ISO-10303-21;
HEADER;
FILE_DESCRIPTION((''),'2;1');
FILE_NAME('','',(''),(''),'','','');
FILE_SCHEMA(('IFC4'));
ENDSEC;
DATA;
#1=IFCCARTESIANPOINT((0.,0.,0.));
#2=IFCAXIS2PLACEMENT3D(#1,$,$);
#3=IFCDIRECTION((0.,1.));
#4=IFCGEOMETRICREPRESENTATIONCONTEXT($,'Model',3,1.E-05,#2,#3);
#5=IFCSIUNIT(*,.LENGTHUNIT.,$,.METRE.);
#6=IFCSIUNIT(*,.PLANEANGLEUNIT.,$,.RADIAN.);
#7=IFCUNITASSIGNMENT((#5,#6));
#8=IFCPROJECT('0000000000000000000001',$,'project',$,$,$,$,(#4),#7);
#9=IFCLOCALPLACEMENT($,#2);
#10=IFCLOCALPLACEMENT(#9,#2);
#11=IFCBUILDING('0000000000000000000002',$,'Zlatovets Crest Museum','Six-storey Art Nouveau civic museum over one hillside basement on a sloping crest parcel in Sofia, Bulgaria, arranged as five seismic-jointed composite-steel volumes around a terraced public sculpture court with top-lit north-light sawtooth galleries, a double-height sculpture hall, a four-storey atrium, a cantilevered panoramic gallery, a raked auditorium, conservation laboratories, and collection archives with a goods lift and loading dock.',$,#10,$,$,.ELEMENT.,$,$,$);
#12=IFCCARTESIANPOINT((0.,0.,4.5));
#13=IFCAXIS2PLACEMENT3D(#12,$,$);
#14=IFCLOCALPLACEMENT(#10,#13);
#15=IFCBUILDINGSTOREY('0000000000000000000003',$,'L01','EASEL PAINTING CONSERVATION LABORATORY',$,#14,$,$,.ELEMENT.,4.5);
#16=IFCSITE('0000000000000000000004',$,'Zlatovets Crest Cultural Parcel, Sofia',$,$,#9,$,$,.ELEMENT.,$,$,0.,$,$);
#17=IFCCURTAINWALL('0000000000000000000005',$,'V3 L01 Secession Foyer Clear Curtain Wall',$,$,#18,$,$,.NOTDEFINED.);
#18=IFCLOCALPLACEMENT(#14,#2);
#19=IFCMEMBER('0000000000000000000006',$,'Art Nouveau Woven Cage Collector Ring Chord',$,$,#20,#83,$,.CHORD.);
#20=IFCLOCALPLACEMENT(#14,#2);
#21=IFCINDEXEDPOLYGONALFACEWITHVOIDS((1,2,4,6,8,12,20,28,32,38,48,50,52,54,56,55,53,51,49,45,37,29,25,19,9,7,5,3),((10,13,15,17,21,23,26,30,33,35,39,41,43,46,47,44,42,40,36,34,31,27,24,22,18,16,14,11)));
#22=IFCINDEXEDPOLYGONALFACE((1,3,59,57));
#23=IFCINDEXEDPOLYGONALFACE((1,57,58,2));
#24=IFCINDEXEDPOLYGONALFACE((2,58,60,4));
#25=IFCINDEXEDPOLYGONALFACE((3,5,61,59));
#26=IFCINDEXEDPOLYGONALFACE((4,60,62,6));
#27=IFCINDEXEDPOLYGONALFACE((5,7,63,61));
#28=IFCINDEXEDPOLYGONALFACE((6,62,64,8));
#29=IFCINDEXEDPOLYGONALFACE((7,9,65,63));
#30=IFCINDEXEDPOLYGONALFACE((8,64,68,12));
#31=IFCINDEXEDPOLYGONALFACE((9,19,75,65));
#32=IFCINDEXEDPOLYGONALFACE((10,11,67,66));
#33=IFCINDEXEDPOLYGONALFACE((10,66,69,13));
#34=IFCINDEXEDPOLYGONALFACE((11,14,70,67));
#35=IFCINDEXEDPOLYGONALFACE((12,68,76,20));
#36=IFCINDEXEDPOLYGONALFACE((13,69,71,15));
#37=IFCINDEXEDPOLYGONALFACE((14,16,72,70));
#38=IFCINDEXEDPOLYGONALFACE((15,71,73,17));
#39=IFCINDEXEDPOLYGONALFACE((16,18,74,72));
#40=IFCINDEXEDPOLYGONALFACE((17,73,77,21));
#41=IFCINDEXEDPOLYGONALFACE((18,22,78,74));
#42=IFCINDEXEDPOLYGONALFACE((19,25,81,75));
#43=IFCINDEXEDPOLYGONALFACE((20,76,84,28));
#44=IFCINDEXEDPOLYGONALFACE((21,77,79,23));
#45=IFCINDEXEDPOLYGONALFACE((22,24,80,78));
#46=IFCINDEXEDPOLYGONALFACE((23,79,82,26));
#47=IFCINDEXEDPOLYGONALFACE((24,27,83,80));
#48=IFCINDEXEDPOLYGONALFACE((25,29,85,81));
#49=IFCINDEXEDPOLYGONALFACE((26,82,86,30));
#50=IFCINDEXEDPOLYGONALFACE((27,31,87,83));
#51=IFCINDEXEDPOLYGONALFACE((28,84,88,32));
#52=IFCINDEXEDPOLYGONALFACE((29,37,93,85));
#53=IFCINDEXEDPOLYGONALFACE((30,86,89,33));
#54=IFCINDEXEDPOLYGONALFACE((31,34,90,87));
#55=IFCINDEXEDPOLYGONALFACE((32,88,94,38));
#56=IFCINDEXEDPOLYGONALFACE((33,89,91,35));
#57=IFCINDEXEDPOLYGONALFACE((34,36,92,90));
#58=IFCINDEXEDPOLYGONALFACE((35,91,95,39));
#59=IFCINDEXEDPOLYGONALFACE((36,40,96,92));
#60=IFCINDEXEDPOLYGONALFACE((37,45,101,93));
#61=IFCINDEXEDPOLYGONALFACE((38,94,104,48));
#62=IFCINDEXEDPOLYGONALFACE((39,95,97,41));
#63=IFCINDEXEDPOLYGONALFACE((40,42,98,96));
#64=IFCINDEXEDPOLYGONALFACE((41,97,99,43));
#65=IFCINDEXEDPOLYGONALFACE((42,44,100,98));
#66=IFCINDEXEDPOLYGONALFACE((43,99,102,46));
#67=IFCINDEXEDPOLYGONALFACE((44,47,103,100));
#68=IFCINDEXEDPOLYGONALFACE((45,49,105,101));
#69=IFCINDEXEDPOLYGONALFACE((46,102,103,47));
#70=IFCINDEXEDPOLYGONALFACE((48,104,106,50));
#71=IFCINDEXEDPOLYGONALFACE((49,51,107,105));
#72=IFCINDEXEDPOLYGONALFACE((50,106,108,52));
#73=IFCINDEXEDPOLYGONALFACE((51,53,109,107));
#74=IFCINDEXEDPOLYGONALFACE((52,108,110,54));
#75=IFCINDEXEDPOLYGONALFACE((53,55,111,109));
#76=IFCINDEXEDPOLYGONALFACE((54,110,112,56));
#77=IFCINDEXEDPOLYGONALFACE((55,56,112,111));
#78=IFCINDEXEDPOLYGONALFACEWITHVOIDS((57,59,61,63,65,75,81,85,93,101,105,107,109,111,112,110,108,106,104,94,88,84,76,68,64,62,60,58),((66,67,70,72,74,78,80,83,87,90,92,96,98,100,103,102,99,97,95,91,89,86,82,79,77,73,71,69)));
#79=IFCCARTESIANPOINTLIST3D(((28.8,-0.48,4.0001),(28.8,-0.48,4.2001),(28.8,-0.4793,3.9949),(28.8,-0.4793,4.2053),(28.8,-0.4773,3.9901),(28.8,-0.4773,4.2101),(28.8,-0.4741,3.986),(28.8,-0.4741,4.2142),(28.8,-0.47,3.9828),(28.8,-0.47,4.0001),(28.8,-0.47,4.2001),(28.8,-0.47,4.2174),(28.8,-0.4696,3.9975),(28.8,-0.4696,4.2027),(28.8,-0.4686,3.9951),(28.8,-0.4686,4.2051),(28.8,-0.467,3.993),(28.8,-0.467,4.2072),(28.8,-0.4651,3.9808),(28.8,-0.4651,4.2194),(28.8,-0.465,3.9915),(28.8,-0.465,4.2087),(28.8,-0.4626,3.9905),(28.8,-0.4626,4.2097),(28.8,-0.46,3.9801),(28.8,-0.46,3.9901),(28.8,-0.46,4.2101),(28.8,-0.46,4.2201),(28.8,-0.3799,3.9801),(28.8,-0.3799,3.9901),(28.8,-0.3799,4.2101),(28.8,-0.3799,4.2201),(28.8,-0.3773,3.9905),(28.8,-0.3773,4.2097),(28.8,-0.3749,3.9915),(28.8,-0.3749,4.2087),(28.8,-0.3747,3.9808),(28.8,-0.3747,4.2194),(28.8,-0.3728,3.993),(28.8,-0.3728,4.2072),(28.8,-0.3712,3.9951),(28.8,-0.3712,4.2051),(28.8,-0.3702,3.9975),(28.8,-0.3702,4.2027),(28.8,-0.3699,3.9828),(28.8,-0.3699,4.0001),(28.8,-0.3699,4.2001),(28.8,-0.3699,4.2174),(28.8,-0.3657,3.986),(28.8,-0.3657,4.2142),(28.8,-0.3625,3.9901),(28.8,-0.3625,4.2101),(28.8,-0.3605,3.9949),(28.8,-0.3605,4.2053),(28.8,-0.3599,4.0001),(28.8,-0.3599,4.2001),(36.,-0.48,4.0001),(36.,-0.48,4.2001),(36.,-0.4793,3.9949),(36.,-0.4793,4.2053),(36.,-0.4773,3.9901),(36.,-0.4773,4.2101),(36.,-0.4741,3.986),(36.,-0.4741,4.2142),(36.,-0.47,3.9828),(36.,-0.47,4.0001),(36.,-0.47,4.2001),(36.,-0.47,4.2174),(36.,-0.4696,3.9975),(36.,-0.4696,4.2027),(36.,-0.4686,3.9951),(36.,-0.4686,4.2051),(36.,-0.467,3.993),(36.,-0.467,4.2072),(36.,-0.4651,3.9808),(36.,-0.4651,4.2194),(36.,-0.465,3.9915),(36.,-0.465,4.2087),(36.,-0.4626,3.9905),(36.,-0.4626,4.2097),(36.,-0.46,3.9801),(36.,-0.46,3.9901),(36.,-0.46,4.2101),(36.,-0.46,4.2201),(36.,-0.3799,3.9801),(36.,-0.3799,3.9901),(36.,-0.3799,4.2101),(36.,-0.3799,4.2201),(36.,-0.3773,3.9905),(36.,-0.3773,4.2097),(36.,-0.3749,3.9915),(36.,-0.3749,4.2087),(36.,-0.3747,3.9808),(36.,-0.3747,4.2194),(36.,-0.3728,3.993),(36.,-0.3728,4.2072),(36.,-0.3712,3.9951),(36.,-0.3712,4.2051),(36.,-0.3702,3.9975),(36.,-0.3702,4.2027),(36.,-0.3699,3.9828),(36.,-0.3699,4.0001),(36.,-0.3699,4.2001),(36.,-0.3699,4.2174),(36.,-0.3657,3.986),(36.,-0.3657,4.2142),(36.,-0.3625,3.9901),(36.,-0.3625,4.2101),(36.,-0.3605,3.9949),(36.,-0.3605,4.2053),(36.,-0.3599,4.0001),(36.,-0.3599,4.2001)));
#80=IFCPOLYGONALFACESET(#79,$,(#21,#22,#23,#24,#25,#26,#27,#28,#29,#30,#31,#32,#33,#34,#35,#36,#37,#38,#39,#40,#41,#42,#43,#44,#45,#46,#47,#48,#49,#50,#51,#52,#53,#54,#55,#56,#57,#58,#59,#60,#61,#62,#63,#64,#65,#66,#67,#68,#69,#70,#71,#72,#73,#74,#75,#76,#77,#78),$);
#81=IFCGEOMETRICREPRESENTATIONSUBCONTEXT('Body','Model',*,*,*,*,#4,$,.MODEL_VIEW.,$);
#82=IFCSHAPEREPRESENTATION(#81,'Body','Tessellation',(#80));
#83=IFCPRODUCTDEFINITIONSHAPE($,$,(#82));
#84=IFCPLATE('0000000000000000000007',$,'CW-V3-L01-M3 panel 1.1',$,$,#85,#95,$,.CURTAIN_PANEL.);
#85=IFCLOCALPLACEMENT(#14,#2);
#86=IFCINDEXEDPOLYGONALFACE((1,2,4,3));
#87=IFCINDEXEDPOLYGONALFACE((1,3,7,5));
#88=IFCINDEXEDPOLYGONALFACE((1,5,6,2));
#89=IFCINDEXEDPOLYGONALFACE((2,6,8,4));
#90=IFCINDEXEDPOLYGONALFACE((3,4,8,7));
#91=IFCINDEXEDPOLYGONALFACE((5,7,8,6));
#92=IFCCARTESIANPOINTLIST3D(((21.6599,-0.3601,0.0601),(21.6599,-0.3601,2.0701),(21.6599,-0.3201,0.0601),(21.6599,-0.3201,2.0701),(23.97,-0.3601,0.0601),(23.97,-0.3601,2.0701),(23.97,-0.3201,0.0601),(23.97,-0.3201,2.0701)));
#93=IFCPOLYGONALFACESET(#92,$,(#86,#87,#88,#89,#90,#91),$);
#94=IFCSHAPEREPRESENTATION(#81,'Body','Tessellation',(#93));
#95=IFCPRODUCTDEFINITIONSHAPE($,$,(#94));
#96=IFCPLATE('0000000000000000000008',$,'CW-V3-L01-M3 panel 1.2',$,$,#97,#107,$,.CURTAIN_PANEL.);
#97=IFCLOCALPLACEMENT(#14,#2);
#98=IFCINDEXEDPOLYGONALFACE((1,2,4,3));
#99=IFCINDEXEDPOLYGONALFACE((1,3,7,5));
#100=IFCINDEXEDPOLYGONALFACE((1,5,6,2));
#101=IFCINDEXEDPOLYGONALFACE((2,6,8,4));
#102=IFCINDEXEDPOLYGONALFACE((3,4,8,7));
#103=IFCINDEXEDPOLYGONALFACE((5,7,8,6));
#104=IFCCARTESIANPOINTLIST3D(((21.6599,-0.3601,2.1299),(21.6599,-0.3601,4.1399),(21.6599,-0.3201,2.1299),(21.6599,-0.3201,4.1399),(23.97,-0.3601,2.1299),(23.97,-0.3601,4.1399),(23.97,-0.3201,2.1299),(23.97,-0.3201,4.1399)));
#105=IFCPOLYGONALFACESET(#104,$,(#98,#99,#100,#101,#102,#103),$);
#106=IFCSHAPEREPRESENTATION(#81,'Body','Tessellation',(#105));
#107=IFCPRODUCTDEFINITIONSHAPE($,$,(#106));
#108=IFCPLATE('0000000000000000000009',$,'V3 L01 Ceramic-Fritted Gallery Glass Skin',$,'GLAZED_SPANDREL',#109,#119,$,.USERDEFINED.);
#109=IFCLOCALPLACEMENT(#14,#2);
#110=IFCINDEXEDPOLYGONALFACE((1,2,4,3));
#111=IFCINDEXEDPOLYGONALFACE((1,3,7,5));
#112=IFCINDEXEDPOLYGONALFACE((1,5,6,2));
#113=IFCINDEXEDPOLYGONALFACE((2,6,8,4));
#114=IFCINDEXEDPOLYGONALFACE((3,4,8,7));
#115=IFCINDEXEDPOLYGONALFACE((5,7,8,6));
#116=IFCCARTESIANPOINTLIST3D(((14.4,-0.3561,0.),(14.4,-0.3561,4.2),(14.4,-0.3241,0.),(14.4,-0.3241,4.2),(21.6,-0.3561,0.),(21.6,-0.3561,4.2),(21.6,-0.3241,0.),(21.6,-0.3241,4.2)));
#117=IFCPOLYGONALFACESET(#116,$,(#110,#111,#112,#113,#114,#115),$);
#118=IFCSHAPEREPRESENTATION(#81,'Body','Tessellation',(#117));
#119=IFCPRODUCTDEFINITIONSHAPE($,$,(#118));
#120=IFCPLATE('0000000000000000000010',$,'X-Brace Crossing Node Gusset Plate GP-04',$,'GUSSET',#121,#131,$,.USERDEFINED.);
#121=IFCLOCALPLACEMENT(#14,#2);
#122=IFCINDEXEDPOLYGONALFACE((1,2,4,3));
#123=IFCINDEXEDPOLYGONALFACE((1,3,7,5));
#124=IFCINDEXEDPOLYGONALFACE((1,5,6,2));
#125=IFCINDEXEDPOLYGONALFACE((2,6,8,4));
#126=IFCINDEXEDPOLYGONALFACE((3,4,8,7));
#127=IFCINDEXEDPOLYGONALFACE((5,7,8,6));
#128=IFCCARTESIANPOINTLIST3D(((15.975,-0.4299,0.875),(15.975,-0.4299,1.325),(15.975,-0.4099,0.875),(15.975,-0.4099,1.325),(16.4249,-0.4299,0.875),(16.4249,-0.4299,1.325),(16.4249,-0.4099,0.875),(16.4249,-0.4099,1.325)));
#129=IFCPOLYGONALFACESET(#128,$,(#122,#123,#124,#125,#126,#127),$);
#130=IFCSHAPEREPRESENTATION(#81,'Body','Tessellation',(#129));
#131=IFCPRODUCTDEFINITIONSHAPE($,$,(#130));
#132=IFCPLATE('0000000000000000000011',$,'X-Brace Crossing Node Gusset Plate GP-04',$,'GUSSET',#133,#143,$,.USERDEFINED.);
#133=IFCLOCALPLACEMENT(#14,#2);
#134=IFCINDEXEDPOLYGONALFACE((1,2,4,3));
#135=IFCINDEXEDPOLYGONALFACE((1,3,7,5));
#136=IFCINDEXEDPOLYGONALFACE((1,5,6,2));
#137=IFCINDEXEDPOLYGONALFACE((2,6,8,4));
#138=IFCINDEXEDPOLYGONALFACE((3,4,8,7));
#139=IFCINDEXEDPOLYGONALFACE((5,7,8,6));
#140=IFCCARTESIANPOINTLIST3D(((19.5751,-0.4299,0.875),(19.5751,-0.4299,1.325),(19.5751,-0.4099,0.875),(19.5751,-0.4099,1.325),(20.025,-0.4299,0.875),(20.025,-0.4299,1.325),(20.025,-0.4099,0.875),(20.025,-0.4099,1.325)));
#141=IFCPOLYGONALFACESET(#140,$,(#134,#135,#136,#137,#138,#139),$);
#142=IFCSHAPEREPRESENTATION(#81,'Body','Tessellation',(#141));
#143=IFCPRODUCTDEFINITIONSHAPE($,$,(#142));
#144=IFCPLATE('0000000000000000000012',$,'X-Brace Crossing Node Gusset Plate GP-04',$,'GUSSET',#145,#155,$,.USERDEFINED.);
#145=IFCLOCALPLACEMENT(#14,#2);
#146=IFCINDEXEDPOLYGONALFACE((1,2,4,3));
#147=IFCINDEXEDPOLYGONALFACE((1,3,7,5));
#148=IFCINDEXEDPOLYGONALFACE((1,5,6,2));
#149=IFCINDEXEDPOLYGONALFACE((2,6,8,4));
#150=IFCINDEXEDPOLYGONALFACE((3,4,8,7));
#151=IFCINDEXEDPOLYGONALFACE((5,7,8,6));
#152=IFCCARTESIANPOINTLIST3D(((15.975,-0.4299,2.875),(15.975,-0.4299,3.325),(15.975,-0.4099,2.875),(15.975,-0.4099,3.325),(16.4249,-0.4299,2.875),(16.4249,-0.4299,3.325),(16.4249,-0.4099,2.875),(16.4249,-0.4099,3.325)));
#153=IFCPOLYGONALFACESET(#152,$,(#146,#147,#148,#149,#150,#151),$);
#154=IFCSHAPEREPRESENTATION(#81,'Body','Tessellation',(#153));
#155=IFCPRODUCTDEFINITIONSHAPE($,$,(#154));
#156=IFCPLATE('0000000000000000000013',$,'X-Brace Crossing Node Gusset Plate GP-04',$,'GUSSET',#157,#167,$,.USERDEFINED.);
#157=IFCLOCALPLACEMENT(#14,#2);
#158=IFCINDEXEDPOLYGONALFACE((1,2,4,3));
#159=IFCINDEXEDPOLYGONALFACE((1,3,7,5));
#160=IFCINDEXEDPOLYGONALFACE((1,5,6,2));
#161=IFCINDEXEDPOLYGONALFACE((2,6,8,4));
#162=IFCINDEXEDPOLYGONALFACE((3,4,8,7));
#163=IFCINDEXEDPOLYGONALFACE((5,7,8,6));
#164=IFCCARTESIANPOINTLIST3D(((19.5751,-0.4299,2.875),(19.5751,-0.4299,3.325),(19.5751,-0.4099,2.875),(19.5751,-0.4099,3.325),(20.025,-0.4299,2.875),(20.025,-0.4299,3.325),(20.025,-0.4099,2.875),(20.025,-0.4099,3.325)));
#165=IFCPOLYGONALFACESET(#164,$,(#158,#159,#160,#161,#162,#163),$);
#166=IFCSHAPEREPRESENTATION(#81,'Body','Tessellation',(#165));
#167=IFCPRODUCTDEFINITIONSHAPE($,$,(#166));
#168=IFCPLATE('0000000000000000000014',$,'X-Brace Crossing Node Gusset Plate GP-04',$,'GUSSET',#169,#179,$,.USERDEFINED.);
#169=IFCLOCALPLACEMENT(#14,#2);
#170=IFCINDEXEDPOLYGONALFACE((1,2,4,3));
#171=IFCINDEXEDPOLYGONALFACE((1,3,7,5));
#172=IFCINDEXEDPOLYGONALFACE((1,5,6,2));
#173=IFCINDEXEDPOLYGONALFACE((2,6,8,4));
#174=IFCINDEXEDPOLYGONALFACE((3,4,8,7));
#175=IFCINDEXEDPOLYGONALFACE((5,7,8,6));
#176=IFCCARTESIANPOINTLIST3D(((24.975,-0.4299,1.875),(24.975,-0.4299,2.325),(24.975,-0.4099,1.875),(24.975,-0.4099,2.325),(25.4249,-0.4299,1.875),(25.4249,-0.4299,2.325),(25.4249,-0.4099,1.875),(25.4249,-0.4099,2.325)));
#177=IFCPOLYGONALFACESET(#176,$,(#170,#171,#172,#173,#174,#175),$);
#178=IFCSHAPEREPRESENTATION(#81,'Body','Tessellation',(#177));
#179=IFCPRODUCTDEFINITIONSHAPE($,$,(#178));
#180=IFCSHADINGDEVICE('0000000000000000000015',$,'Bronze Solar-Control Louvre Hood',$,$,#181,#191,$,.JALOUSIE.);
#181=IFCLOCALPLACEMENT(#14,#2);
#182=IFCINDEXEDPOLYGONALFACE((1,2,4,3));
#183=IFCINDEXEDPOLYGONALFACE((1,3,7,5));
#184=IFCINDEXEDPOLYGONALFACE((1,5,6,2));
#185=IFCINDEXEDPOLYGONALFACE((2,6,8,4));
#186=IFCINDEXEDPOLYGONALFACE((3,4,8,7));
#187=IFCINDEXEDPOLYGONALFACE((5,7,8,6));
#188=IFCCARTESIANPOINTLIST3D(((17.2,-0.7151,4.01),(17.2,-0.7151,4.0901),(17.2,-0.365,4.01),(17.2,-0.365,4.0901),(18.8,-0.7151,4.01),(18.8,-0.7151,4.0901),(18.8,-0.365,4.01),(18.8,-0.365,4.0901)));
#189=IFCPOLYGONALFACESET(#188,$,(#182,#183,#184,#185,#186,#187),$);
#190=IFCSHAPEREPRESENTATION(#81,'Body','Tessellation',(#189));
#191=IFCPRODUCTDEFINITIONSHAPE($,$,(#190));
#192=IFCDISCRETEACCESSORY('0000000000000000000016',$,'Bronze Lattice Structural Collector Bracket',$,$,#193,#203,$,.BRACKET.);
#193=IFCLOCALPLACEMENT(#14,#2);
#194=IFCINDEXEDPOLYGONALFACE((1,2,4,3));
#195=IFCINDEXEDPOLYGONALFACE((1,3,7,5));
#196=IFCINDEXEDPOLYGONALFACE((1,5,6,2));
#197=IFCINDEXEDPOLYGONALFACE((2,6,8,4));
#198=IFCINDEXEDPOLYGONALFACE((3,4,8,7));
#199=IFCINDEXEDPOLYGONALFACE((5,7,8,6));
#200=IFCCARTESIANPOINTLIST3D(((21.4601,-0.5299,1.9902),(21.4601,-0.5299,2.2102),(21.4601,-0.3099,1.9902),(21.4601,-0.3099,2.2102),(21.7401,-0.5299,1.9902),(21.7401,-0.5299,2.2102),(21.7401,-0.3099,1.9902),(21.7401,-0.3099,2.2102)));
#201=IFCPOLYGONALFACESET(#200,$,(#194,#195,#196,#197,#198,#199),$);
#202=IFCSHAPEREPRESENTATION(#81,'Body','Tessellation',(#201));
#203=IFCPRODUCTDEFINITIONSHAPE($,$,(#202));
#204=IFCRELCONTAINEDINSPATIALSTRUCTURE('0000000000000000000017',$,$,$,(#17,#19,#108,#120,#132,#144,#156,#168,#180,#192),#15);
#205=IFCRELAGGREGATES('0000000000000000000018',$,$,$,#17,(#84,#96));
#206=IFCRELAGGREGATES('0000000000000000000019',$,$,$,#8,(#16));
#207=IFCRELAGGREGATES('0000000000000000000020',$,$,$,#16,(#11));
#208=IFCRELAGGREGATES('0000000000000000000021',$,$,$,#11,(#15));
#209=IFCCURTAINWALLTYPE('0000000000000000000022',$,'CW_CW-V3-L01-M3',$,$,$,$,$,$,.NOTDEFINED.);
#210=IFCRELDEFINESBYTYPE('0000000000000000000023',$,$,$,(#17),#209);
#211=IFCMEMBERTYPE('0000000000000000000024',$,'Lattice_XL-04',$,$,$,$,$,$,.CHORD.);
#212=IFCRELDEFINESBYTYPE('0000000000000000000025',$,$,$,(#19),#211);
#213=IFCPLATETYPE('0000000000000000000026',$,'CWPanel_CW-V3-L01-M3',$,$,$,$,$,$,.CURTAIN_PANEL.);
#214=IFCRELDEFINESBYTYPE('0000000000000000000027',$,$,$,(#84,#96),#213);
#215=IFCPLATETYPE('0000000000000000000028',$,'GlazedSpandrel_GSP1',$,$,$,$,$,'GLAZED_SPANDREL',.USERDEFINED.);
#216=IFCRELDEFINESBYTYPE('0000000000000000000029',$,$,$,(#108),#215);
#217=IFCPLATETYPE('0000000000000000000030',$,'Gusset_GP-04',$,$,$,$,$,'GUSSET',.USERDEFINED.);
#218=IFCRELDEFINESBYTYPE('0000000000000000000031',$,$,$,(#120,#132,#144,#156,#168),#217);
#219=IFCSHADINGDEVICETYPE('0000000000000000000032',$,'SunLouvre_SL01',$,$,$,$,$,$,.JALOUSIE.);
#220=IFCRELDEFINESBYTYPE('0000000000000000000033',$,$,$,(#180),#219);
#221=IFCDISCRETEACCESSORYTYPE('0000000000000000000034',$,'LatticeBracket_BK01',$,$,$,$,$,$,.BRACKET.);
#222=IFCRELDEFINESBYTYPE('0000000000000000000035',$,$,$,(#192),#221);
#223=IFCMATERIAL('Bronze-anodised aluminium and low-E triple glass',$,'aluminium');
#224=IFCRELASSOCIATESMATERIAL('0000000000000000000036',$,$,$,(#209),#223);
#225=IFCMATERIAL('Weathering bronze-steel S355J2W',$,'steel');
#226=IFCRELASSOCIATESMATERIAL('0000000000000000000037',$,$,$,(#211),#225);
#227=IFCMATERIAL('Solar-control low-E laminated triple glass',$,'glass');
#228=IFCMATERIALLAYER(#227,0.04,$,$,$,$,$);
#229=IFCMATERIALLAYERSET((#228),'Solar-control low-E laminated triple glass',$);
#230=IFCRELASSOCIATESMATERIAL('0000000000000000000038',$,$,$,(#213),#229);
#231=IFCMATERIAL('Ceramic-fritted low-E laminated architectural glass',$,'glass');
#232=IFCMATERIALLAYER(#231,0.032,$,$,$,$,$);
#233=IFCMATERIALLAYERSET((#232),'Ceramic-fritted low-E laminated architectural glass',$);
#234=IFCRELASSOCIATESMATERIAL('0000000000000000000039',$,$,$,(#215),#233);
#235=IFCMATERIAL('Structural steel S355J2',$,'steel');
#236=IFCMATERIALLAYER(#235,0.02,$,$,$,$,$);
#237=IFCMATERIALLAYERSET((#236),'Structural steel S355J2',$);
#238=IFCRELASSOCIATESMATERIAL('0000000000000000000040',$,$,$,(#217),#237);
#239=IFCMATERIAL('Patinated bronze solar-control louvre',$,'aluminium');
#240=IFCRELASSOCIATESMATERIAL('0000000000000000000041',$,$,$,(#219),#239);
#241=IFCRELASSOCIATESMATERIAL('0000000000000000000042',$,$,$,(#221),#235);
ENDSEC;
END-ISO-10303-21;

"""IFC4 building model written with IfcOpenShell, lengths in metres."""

from ifc_helpers import new_model, si_unit, direction, frame, origin, origin_2d, place, context, subcontext, project, spatial, rectangle, hollow_rectangle, extrude, material, layer, layer_set, material_profile, profile_set, type_object, element, aggregate, save


model = new_model("IFC4")

# Units and contexts
model_context = context("Model", 3, precision=1e-05, world=origin(), true_north=direction((0.0, 1.0)))
body_context = subcontext(model_context, "Body", "Model", "MODEL_VIEW")
ifc_project = project(units=[si_unit("LENGTHUNIT", "METRE"), si_unit("PLANEANGLEUNIT", "RADIAN")], contexts=[model_context])

# Site, building, storey
site_placement = place(None, origin())
site = spatial("IfcSite", under=ifc_project, at=site_placement, Name="Zlatovets Crest Cultural Parcel, Sofia", CompositionType="ELEMENT", RefElevation=0.0)
building_placement = place(site_placement, origin())
building = spatial("IfcBuilding", under=site, at=building_placement, Name="Zlatovets Crest Museum", Description="Six-storey Art Nouveau civic museum over one hillside basement on a sloping crest parcel in Sofia, Bulgaria, arranged as five seismic-jointed composite-steel volumes around a terraced public sculpture court with top-lit north-light sawtooth galleries, a double-height sculpture hall, a four-storey atrium, a cantilevered panoramic gallery, a raked auditorium, conservation laboratories, and collection archives with a goods lift and loading dock.", CompositionType="ELEMENT")
storey_placement = place(building_placement, frame((0.0, 0.0, 4.5)))
storey = spatial("IfcBuildingStorey", under=building, at=storey_placement, Name="L01", Description="EASEL PAINTING CONSERVATION LABORATORY", CompositionType="ELEMENT", Elevation=4.5)

# Curtain wall
ifc_material_1 = material(Name="Bronze-anodised aluminium and low-E triple glass", Category="aluminium")
curtain_wall_type = type_object("IfcCurtainWallType", Name="CW_CW-V3-L01-M3", PredefinedType="NOTDEFINED", material=ifc_material_1)
curtain_wall_placement = place(storey_placement, origin())
curtain_wall = element("IfcCurtainWall", 1, at=curtain_wall_placement, inside=storey, type_object=curtain_wall_type, Name="V3 L01 Secession Foyer Clear Curtain Wall", PredefinedType="NOTDEFINED")

# Member
ifc_material_2 = material(Name="Weathering bronze-steel S355J2W", Category="steel")
ifc_material_profile_1 = material_profile(ifc_material_2, hollow_rectangle(XDim=0.1201, YDim=0.24, WallThickness=0.01, InnerFilletRadius=0.01, OuterFilletRadius=0.02, at=origin_2d()), Name="RHS 120x240x10.0")
ifc_profile_set_1 = profile_set([ifc_material_profile_1], Name="Weathering bronze-steel S355J2W")
member_type_1 = type_object("IfcMemberType", Name="Lattice_XL-04", PredefinedType="CHORD", material=ifc_profile_set_1)
for number, where, z_axis, x_axis, name in (
    (2, (28.8, -0.4199, 4.1001), (1.0, 0.0, 0.0), (0.0, 1.0, 0.0), "Art Nouveau Woven Cage Collector Ring Chord"),
):
    element("IfcMember", number, at=place(storey_placement, frame(where, z_axis=z_axis, x_axis=x_axis)), inside=storey, type_object=member_type_1, Name=name, PredefinedType="CHORD", context=body_context, shape_type="SweptSolid", body=[
        extrude(hollow_rectangle(XDim=0.1201, YDim=0.24, WallThickness=0.01, InnerFilletRadius=0.01, OuterFilletRadius=0.02, at=origin_2d()), origin(), (0.0, 0.0, 1.0), 7.2),
    ])

# Plates
ifc_material_3 = material(Name="Solar-control low-E laminated triple glass", Category="glass")
ifc_layer_1 = layer(ifc_material_3, 0.04)
ifc_layer_set_1 = layer_set([ifc_layer_1], Name="Solar-control low-E laminated triple glass")
plate_type_1 = type_object("IfcPlateType", Name="CWPanel_CW-V3-L01-M3", PredefinedType="CURTAIN_PANEL", material=ifc_layer_set_1)
plate_1_placement = place(storey_placement, frame((22.8149, -0.3401, 0.0601), z_axis=(0.0, 0.0, 1.0), x_axis=(1.0, 0.0, 0.0)))
plate_1 = element("IfcPlate", 3, at=plate_1_placement, type_object=plate_type_1, Name="CW-V3-L01-M3 panel 1.1", PredefinedType="CURTAIN_PANEL", context=body_context, shape_type="SweptSolid", body=[
    extrude(rectangle(XDim=2.3101, YDim=0.04, at=origin_2d()), origin(), (0.0, 0.0, 1.0), 2.01),
])
plate_2_placement = place(storey_placement, frame((22.8149, -0.3401, 2.1299), z_axis=(0.0, 0.0, 1.0), x_axis=(1.0, 0.0, 0.0)))
plate_2 = element("IfcPlate", 4, at=plate_2_placement, type_object=plate_type_1, Name="CW-V3-L01-M3 panel 1.2", PredefinedType="CURTAIN_PANEL", context=body_context, shape_type="SweptSolid", body=[
    extrude(rectangle(XDim=2.3101, YDim=0.04, at=origin_2d()), origin(), (0.0, 0.0, 1.0), 2.01),
])
aggregate(curtain_wall, [plate_1, plate_2])

# Plates
ifc_material_4 = material(Name="Ceramic-fritted low-E laminated architectural glass", Category="glass")
ifc_layer_2 = layer(ifc_material_4, 0.032)
ifc_layer_set_2 = layer_set([ifc_layer_2], Name="Ceramic-fritted low-E laminated architectural glass")
plate_type_2 = type_object("IfcPlateType", Name="GlazedSpandrel_GSP1", ElementType="GLAZED_SPANDREL", PredefinedType="USERDEFINED", material=ifc_layer_set_2)
plate_3_placement = place(storey_placement, frame((18.0, -0.3401, 0.0), z_axis=(0.0, 0.0, 1.0), x_axis=(1.0, 0.0, 0.0)))
element("IfcPlate", 5, at=plate_3_placement, inside=storey, type_object=plate_type_2, Name="V3 L01 Ceramic-Fritted Gallery Glass Skin", ObjectType="GLAZED_SPANDREL", PredefinedType="USERDEFINED", context=body_context, shape_type="SweptSolid", body=[
    extrude(rectangle(XDim=7.2, YDim=0.032, at=origin_2d()), origin(), (0.0, 0.0, 1.0), 4.2),
])
ifc_material_5 = material(Name="Structural steel S355J2", Category="steel")
ifc_layer_3 = layer(ifc_material_5, 0.02)
ifc_layer_set_3 = layer_set([ifc_layer_3], Name="Structural steel S355J2")
plate_type_3 = type_object("IfcPlateType", Name="Gusset_GP-04", ElementType="GUSSET", PredefinedType="USERDEFINED", material=ifc_layer_set_3)
for number, where, z_axis, x_axis, name in (
    (6, (16.2, -0.4199, 0.875), (0.0, 0.0, 1.0), (1.0, 0.0, 0.0), "X-Brace Crossing Node Gusset Plate GP-04"),
    (7, (19.8, -0.4199, 0.875), (0.0, 0.0, 1.0), (1.0, 0.0, 0.0), "X-Brace Crossing Node Gusset Plate GP-04"),
    (8, (16.2, -0.4199, 2.875), (0.0, 0.0, 1.0), (1.0, 0.0, 0.0), "X-Brace Crossing Node Gusset Plate GP-04"),
    (9, (19.8, -0.4199, 2.875), (0.0, 0.0, 1.0), (1.0, 0.0, 0.0), "X-Brace Crossing Node Gusset Plate GP-04"),
    (10, (25.2, -0.4199, 1.875), (0.0, 0.0, 1.0), (1.0, 0.0, 0.0), "X-Brace Crossing Node Gusset Plate GP-04"),
):
    element("IfcPlate", number, at=place(storey_placement, frame(where, z_axis=z_axis, x_axis=x_axis)), inside=storey, type_object=plate_type_3, Name=name, ObjectType="GUSSET", PredefinedType="USERDEFINED", context=body_context, shape_type="SweptSolid", body=[
        extrude(rectangle(XDim=0.45, YDim=0.02, at=origin_2d()), origin(), (0.0, 0.0, 1.0), 0.45),
    ])

# Shading device
ifc_material_6 = material(Name="Patinated bronze solar-control louvre", Category="aluminium")
shading_device_type = type_object("IfcShadingDeviceType", Name="SunLouvre_SL01", PredefinedType="JALOUSIE", material=ifc_material_6)
shading_device_placement = place(storey_placement, frame((18.0, -0.54, 4.01), z_axis=(0.0, 0.0, 1.0), x_axis=(1.0, 0.0, 0.0)))
element("IfcShadingDevice", 11, at=shading_device_placement, inside=storey, type_object=shading_device_type, Name="Bronze Solar-Control Louvre Hood", PredefinedType="JALOUSIE", context=body_context, shape_type="SweptSolid", body=[
    extrude(rectangle(XDim=1.6001, YDim=0.3501, at=origin_2d()), origin(), (0.0, 0.0, 1.0), 0.0801),
])

# Discrete accessory
discrete_accessory_type = type_object("IfcDiscreteAccessoryType", Name="LatticeBracket_BK01", PredefinedType="BRACKET", material=ifc_material_5)
for number, where, z_axis, x_axis, name in (
    (12, (21.6001, -0.4199, 1.9902), (0.0, 0.0, 1.0), (1.0, 0.0, 0.0), "Bronze Lattice Structural Collector Bracket"),
):
    element("IfcDiscreteAccessory", number, at=place(storey_placement, frame(where, z_axis=z_axis, x_axis=x_axis)), inside=storey, type_object=discrete_accessory_type, Name=name, PredefinedType="BRACKET", context=body_context, shape_type="SweptSolid", body=[
        extrude(rectangle(XDim=0.28, YDim=0.22, at=origin_2d()), origin(), (0.0, 0.0, 1.0), 0.22),
    ])

save(model, "model.ifc")
